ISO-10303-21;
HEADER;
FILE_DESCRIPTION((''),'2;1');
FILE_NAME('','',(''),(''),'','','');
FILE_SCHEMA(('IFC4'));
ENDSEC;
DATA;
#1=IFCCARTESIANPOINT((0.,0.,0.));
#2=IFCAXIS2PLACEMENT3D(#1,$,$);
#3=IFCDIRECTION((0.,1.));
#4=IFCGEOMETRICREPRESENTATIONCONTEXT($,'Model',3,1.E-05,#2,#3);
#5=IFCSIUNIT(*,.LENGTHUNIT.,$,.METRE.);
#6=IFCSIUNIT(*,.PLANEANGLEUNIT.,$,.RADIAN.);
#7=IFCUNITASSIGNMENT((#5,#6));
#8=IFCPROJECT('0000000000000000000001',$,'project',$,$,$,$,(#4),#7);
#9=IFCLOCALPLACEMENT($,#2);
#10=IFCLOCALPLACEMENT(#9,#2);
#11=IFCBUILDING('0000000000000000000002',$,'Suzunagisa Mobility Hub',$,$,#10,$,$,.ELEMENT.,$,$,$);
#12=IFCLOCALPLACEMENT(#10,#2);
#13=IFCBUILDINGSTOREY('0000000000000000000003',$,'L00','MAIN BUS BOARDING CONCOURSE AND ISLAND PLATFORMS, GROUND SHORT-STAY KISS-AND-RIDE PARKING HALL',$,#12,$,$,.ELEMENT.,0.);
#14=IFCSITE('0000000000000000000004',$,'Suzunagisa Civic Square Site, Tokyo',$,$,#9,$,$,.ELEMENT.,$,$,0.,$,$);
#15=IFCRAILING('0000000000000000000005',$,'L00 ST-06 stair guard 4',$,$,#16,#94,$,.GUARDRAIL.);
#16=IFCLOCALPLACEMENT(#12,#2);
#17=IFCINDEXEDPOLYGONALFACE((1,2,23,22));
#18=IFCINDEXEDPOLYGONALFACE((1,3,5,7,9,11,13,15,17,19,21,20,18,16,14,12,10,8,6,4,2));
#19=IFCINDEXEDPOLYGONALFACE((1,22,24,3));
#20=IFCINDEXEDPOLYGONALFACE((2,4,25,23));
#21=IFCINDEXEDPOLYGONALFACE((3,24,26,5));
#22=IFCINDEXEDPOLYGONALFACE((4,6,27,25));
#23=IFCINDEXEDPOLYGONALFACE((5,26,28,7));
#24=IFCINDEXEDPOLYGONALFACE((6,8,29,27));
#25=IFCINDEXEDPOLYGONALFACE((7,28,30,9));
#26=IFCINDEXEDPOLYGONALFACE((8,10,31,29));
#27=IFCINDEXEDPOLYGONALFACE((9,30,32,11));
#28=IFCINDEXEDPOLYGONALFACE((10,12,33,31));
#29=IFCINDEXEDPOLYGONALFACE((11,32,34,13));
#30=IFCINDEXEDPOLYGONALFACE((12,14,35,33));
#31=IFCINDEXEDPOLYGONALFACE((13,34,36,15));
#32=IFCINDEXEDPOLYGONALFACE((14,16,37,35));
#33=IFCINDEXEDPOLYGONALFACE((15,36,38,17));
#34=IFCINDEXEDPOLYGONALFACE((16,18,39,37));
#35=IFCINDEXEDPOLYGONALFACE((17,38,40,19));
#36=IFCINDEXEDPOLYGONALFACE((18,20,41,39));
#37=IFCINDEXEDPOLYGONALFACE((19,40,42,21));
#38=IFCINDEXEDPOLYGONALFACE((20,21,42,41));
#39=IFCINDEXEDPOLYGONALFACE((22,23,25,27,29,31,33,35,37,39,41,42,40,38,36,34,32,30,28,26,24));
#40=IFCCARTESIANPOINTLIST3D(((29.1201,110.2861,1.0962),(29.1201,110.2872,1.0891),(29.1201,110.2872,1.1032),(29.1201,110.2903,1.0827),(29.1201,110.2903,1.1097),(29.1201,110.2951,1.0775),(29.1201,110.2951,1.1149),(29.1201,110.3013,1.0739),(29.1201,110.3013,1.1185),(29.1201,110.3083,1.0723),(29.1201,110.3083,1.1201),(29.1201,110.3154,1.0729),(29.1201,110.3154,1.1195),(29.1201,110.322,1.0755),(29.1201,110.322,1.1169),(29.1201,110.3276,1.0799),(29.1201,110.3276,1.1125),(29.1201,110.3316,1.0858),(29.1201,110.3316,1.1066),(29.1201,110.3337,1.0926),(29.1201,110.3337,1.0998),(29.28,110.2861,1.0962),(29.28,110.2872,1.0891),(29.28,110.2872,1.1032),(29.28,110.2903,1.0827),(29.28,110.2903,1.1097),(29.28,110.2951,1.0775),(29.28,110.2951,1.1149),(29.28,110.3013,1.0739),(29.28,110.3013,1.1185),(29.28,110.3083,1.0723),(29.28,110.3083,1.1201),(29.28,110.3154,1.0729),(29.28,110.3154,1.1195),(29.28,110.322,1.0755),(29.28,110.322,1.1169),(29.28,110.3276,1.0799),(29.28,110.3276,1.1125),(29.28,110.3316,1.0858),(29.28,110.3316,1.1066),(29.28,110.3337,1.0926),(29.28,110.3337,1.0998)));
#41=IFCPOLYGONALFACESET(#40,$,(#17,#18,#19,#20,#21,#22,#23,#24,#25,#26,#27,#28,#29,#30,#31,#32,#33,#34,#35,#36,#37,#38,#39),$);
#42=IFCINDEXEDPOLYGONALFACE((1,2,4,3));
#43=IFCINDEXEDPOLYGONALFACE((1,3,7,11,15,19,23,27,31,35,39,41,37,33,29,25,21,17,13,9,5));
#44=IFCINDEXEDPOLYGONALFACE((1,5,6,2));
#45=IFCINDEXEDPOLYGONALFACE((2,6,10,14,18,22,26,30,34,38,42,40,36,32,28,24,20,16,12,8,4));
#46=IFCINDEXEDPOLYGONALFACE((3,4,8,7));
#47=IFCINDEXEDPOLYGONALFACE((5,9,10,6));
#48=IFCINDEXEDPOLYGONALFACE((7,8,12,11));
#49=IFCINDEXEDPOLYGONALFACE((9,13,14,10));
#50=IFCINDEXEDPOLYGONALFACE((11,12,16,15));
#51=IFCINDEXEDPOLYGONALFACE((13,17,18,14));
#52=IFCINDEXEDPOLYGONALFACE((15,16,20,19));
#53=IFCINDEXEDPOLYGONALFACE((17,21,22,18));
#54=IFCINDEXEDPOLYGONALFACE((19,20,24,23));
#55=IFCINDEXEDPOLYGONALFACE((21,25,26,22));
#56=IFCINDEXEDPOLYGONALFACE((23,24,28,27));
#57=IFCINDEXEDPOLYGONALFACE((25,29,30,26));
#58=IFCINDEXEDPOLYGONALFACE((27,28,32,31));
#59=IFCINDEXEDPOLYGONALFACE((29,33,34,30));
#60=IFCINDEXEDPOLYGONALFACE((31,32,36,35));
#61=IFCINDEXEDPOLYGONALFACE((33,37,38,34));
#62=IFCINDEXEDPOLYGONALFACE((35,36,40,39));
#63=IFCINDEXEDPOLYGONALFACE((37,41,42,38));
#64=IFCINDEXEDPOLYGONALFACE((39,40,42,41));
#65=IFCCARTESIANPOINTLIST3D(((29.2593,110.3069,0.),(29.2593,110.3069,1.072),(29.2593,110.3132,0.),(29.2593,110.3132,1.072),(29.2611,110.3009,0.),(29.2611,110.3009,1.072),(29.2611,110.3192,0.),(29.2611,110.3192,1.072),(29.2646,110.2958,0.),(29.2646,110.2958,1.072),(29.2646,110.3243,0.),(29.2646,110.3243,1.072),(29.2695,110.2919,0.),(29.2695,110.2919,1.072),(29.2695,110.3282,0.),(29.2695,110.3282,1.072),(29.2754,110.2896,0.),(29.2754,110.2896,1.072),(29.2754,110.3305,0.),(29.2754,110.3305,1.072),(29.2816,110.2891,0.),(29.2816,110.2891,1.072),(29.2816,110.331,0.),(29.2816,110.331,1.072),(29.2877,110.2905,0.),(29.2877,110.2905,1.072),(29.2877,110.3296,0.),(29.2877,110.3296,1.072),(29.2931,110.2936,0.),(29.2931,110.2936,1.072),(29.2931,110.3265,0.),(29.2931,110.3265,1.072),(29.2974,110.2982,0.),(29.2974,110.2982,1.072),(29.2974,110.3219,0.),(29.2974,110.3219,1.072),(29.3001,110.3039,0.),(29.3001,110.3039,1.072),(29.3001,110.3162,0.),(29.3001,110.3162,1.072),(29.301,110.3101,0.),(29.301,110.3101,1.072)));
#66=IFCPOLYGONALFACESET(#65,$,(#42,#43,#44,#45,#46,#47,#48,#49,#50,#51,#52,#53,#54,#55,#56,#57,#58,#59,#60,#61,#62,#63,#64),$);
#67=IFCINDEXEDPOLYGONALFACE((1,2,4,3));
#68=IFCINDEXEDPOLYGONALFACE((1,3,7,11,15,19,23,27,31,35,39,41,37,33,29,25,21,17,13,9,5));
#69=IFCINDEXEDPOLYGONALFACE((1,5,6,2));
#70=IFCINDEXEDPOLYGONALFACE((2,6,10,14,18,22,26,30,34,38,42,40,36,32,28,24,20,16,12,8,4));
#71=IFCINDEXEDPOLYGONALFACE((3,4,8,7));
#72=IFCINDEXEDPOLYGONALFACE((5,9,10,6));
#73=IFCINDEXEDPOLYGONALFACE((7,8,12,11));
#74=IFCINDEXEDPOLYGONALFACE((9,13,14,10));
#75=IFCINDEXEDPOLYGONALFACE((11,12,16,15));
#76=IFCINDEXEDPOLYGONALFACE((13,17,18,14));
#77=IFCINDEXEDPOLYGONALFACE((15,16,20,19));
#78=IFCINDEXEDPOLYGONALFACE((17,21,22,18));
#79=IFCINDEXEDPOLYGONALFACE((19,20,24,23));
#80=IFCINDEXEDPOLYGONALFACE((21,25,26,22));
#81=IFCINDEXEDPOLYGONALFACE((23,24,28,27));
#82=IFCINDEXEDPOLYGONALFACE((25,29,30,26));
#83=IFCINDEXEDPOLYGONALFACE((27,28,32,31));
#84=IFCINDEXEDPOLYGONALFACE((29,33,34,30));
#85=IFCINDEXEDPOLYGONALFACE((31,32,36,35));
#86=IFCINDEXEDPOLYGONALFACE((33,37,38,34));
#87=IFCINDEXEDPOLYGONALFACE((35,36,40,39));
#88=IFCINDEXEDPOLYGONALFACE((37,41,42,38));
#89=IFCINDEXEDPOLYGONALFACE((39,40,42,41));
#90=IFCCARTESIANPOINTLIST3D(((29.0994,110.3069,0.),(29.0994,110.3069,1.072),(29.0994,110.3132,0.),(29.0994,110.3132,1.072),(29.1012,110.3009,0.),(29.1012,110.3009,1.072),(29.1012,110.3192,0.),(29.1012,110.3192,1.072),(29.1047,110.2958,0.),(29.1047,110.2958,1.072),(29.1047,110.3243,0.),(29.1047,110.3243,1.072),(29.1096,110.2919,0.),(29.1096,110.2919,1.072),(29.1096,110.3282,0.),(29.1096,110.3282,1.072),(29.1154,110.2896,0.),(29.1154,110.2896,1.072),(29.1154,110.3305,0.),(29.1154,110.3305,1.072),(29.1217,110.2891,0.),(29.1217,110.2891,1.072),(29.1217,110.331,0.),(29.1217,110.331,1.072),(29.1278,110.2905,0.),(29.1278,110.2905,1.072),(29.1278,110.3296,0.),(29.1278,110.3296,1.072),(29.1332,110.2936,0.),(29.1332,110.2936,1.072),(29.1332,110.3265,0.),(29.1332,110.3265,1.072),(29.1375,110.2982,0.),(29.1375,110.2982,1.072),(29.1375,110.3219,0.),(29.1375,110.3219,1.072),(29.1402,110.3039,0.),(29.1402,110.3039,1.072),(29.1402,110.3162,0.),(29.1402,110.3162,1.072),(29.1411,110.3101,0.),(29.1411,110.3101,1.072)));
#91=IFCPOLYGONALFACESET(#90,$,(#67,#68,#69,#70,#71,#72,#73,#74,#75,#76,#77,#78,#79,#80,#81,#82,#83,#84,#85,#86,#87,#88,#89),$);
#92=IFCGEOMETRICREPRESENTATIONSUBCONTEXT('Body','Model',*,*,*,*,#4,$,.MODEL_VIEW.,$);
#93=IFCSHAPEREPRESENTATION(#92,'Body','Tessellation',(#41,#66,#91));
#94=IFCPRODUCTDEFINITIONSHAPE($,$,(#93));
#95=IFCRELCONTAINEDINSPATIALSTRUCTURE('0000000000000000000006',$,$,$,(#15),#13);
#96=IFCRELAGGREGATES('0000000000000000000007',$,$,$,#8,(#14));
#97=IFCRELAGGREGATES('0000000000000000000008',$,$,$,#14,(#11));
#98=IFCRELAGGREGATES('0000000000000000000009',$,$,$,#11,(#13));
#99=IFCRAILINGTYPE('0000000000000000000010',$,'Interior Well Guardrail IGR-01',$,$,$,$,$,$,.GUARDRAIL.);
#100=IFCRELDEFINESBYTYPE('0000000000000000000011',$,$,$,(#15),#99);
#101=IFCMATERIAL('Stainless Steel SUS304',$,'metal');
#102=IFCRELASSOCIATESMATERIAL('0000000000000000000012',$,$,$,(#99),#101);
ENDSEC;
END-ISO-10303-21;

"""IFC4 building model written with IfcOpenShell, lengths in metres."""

from ifc_helpers import new_model, si_unit, direction, frame, origin, origin_2d, place, context, subcontext, project, spatial, circle, extrude, material, type_object, element, save


model = new_model("IFC4")

# Units and contexts
model_context = context("Model", 3, precision=1e-05, world=origin(), true_north=direction((0.0, 1.0)))
body_context = subcontext(model_context, "Body", "Model", "MODEL_VIEW")
ifc_project = project(units=[si_unit("LENGTHUNIT", "METRE"), si_unit("PLANEANGLEUNIT", "RADIAN")], contexts=[model_context])

# Site, building, storey
site_placement = place(None, origin())
site = spatial("IfcSite", under=ifc_project, at=site_placement, Name="Suzunagisa Civic Square Site, Tokyo", CompositionType="ELEMENT", RefElevation=0.0)
building_placement = place(site_placement, origin())
building = spatial("IfcBuilding", under=site, at=building_placement, Name="Suzunagisa Mobility Hub", CompositionType="ELEMENT")
storey_placement = place(building_placement, origin())
storey = spatial("IfcBuildingStorey", under=building, at=storey_placement, Name="L00", Description="MAIN BUS BOARDING CONCOURSE AND ISLAND PLATFORMS, GROUND SHORT-STAY KISS-AND-RIDE PARKING HALL", CompositionType="ELEMENT", Elevation=0.0)

# Railing
ifc_material_1 = material(Name="Stainless Steel SUS304", Category="metal")
railing_type_1 = type_object("IfcRailingType", Name="Interior Well Guardrail IGR-01", PredefinedType="GUARDRAIL", material=ifc_material_1)
railing_1_placement = place(storey_placement, frame((29.28, 110.3101, 0.0)))
element("IfcRailing", 1, at=railing_1_placement, inside=storey, type_object=railing_type_1, Name="L00 ST-06 stair guard 4", PredefinedType="GUARDRAIL", context=body_context, shape_type="SweptSolid", body=[
    extrude(circle(Radius=0.0239, at=origin_2d()), frame((0.0, 0.0, 1.0962), z_axis=(-1.0, 0.0, 0.0), x_axis=(0.0, -1.0, 0.0)), (0.0, 0.0, 1.0), 0.1599),
    extrude(circle(Radius=0.021, at=origin_2d()), origin(), (0.0, 0.0, 1.0), 1.072),
    extrude(circle(Radius=0.021, at=origin_2d()), frame((-0.1599, 0.0, 0.0)), (0.0, 0.0, 1.0), 1.072),
])

save(model, "model.ifc")
